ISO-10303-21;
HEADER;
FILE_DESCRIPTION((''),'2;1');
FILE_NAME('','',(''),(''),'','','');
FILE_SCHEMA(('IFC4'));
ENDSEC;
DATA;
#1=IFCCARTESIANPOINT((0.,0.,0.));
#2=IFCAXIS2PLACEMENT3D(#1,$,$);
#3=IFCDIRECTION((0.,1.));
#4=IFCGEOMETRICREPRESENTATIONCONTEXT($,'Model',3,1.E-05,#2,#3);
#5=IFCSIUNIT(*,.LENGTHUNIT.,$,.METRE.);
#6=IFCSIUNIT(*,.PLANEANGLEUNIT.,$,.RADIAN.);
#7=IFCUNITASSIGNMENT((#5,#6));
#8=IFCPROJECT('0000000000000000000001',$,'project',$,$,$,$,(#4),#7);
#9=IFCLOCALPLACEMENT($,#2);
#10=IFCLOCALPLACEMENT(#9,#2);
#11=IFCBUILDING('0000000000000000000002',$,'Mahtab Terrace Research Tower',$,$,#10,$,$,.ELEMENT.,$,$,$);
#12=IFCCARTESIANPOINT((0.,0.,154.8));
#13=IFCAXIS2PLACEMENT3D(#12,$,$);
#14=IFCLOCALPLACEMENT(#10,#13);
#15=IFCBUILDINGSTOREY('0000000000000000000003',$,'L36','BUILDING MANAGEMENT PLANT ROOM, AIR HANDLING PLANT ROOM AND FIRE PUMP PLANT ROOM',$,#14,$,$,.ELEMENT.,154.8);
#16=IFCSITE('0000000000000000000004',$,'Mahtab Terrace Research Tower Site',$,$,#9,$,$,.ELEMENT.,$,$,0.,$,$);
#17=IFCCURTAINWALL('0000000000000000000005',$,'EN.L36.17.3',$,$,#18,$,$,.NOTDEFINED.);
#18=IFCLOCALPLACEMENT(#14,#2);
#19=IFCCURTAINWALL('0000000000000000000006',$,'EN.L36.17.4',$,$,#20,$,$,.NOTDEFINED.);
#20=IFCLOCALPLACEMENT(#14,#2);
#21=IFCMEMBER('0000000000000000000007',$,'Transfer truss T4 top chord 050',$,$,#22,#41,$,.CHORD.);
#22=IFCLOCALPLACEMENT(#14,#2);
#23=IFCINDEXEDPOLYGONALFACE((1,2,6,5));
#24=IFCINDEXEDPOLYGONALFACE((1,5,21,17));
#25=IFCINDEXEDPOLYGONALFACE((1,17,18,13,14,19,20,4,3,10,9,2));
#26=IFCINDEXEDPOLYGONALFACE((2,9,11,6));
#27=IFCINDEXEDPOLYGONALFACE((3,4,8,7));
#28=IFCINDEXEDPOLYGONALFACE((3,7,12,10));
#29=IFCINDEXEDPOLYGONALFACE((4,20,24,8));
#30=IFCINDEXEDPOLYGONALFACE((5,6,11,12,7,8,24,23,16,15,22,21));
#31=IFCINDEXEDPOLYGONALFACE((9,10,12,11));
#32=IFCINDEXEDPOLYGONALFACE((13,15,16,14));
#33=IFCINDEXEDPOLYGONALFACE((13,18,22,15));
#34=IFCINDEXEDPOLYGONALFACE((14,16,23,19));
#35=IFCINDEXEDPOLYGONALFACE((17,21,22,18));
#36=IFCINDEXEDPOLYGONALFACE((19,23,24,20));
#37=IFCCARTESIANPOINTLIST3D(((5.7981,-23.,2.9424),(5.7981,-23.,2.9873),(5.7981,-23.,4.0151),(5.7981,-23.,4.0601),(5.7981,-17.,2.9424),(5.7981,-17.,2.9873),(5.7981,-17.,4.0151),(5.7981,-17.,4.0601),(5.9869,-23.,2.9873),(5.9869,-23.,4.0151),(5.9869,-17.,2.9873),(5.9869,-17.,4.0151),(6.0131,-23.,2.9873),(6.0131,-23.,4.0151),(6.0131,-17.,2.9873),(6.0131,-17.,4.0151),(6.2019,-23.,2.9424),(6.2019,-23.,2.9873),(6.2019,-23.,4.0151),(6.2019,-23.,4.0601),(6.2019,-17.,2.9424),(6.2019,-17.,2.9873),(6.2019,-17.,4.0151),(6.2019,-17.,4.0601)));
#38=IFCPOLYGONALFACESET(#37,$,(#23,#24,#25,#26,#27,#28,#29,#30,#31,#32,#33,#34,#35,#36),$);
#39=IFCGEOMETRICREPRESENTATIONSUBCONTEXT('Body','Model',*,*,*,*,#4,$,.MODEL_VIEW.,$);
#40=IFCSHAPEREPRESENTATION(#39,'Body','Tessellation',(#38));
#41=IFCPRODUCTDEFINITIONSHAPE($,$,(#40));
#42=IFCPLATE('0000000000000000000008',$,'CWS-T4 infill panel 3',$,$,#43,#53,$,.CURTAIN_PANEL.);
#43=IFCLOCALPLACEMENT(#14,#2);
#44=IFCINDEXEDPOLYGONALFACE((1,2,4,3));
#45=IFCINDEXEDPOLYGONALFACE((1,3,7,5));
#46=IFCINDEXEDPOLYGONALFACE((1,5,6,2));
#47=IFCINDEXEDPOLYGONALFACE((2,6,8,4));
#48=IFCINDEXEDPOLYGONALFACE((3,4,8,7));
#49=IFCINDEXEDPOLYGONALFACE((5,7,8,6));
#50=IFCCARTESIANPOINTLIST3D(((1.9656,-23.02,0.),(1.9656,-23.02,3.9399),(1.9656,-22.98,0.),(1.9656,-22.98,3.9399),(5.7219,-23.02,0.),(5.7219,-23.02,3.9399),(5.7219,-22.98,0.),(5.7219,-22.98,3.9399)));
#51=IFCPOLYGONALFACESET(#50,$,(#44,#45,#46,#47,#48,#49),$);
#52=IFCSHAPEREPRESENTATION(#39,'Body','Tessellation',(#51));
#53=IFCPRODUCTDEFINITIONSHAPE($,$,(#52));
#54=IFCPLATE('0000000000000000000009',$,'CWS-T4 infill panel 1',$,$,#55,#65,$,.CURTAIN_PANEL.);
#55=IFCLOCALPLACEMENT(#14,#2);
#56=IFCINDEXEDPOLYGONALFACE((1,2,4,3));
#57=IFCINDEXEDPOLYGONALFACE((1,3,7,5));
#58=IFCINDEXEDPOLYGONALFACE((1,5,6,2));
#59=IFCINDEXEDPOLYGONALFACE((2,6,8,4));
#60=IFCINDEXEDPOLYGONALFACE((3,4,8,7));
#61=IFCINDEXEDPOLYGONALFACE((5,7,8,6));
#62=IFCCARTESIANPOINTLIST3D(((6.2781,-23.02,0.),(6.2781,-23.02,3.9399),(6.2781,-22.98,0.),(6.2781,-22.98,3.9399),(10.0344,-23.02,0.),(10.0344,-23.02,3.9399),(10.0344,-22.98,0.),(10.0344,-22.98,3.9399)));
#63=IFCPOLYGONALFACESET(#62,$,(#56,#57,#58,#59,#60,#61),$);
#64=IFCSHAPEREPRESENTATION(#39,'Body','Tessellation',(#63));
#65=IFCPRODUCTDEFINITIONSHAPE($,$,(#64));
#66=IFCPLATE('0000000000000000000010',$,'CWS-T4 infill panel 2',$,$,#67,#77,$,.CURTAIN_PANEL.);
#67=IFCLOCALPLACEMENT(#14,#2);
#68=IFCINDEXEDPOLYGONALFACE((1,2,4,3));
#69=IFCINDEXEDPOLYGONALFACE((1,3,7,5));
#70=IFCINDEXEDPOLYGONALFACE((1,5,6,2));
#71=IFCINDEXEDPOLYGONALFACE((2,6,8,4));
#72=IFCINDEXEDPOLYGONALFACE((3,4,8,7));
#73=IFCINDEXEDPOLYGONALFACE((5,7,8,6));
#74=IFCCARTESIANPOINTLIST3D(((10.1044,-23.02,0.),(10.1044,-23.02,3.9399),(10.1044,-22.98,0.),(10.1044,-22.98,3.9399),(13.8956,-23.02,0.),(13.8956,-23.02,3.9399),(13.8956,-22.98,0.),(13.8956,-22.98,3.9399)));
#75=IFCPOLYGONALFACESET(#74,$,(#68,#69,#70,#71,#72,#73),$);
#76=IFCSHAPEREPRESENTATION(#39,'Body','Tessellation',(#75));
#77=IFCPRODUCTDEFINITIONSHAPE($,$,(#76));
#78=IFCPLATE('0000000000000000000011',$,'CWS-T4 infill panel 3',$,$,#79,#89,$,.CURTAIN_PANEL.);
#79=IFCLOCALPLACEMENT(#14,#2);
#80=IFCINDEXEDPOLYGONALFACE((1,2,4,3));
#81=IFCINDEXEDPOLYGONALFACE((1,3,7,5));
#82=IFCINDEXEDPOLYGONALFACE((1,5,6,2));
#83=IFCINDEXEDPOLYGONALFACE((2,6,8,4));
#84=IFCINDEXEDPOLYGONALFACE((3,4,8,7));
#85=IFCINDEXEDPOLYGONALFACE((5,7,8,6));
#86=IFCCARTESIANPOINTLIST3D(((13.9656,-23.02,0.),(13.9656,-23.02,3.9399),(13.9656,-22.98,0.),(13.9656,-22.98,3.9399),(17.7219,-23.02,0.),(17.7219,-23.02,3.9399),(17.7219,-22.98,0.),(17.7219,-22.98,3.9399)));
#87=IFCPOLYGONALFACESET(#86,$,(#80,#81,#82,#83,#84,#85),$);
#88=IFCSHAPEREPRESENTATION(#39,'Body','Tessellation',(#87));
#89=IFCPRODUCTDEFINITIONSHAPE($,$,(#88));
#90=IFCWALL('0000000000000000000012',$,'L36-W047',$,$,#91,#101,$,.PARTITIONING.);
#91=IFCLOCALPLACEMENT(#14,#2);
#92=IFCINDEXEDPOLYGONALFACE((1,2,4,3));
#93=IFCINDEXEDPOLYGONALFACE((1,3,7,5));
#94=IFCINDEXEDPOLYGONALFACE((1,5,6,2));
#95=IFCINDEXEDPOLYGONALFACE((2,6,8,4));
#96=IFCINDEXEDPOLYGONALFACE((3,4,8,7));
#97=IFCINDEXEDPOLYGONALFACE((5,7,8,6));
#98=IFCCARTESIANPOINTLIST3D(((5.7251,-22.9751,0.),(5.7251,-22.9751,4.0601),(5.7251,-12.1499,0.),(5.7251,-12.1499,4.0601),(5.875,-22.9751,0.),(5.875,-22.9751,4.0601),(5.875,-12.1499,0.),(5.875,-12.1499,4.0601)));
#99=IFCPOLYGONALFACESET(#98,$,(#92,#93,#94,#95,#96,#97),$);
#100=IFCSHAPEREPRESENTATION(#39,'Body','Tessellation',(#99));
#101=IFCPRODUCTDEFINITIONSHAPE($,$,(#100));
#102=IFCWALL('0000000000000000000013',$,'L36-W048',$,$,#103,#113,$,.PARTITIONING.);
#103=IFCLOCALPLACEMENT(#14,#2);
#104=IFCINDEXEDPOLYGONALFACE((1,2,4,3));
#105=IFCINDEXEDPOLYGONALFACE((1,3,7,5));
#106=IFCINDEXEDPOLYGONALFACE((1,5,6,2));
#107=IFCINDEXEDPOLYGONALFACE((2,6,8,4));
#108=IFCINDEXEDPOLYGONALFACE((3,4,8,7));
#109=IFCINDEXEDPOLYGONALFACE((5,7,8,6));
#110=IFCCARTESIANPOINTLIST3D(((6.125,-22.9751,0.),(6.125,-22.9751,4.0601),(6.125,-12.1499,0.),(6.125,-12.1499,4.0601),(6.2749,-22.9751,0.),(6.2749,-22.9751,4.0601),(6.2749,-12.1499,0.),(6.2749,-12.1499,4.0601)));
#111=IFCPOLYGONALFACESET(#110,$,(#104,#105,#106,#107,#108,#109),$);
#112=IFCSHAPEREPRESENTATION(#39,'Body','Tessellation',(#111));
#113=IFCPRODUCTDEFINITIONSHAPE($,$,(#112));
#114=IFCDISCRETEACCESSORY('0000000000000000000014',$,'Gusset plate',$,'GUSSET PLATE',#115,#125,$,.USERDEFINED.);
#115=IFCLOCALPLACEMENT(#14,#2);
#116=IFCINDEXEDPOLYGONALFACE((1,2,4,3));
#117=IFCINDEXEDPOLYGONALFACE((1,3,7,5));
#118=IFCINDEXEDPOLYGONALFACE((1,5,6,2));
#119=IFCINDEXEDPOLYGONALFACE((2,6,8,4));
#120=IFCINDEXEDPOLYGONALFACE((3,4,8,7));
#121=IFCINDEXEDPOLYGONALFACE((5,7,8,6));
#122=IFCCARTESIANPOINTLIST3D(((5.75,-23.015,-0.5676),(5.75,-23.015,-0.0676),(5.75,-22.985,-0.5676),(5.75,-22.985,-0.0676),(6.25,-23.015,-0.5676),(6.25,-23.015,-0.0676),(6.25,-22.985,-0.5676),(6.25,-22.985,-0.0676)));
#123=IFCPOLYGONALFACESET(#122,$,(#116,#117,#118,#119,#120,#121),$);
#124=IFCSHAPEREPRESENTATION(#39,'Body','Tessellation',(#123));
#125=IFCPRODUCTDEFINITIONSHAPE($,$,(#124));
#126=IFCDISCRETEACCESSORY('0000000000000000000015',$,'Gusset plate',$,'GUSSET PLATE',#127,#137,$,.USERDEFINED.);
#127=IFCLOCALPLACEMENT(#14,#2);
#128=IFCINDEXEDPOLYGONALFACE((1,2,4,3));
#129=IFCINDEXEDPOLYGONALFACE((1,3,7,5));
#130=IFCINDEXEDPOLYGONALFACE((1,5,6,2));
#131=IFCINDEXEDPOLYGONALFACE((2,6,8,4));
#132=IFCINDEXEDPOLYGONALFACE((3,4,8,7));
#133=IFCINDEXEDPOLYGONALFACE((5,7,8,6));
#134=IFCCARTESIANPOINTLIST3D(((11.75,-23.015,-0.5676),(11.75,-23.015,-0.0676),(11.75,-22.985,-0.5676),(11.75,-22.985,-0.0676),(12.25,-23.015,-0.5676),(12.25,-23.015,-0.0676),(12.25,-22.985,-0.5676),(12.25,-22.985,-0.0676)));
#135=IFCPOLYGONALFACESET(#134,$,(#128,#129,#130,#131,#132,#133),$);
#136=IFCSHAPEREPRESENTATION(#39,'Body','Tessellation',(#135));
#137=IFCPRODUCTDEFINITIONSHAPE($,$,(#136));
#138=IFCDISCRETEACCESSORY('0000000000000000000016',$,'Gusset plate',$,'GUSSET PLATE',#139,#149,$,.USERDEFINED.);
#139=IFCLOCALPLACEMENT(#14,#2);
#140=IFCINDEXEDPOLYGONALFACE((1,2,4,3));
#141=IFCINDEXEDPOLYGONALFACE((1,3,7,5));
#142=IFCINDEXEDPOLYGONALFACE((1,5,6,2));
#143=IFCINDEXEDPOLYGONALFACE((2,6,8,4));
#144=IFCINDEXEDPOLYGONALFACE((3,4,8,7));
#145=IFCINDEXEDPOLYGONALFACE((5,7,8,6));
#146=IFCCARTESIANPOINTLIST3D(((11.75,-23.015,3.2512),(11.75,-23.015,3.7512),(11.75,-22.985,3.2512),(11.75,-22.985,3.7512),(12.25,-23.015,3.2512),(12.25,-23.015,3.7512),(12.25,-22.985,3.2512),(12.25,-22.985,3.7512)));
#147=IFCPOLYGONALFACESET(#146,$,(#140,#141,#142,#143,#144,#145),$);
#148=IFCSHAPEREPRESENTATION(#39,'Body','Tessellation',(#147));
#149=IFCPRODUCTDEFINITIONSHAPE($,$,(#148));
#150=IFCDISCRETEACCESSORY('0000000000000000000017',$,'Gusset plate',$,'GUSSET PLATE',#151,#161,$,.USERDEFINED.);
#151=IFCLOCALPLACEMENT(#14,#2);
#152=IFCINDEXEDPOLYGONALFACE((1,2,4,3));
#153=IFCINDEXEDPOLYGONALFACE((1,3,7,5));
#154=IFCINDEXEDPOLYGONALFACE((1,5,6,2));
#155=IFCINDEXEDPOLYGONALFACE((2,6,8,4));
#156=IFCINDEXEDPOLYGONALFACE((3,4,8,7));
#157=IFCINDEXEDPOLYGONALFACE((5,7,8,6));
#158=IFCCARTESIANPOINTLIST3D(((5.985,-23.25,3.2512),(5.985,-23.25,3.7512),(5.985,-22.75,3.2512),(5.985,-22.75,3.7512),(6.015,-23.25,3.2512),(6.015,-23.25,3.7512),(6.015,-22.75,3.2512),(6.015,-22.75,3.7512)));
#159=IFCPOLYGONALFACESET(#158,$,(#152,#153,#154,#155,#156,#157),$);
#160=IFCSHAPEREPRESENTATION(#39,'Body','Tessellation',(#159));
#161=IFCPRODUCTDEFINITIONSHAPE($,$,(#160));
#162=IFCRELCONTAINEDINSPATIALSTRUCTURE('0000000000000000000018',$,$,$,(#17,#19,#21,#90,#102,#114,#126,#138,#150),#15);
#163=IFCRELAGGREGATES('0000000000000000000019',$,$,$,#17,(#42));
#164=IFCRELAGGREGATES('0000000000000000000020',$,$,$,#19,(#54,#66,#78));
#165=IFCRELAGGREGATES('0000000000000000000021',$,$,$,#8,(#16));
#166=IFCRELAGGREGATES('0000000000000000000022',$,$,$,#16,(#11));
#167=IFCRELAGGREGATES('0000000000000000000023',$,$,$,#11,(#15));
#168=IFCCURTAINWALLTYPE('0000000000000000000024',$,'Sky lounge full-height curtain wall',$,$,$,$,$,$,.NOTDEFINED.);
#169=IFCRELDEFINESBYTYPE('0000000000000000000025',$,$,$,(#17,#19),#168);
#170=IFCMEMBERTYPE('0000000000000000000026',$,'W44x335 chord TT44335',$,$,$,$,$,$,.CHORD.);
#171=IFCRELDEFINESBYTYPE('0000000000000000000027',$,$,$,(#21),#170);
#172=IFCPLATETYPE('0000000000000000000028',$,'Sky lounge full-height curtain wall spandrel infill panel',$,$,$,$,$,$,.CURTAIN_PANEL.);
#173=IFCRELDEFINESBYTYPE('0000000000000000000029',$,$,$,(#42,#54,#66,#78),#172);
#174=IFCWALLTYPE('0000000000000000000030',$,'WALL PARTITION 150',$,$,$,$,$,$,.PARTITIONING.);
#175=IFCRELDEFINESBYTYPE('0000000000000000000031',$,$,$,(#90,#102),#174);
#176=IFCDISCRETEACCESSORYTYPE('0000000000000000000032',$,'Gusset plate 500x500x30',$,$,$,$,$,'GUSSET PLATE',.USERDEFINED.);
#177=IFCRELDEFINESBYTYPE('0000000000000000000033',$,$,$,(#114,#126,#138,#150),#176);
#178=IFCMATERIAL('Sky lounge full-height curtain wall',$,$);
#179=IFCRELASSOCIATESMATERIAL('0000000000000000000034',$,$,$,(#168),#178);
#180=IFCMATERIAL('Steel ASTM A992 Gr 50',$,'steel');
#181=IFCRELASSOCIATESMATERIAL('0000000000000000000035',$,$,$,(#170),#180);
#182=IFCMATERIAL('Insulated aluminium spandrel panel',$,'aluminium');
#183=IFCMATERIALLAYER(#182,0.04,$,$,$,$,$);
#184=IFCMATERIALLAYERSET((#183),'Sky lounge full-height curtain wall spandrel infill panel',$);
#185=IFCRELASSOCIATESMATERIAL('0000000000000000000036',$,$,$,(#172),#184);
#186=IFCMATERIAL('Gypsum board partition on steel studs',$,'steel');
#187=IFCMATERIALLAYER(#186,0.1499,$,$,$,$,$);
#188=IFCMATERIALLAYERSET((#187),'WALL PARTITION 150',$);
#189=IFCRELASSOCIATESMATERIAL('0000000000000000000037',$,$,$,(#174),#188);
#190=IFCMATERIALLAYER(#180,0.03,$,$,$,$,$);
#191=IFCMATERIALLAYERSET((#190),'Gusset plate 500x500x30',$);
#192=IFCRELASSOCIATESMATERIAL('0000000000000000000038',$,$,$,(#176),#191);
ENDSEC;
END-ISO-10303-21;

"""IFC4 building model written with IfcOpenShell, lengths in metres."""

from ifc_helpers import new_model, si_unit, direction, frame, frame_2d, origin, origin_2d, place, context, subcontext, project, spatial, rectangle, i_section, extrude, material, layer, layer_set, material_profile, profile_set, type_object, element, aggregate, save


model = new_model("IFC4")

# Units and contexts
model_context = context("Model", 3, precision=1e-05, world=origin(), true_north=direction((0.0, 1.0)))
body_context = subcontext(model_context, "Body", "Model", "MODEL_VIEW")
ifc_project = project(units=[si_unit("LENGTHUNIT", "METRE"), si_unit("PLANEANGLEUNIT", "RADIAN")], contexts=[model_context])

# Site, building, storey
site_placement = place(None, origin())
site = spatial("IfcSite", under=ifc_project, at=site_placement, Name="Mahtab Terrace Research Tower Site", CompositionType="ELEMENT", RefElevation=0.0)
building_placement = place(site_placement, origin())
building = spatial("IfcBuilding", under=site, at=building_placement, Name="Mahtab Terrace Research Tower", CompositionType="ELEMENT")
storey_placement = place(building_placement, frame((0.0, 0.0, 154.8)))
storey = spatial("IfcBuildingStorey", under=building, at=storey_placement, Name="L36", Description="BUILDING MANAGEMENT PLANT ROOM, AIR HANDLING PLANT ROOM AND FIRE PUMP PLANT ROOM", CompositionType="ELEMENT", Elevation=154.8)

# Shared definitions
ifc_material_1 = material(Name="Steel ASTM A992 Gr 50", Category="steel")

# Curtain walls
ifc_material_2 = material(Name="Sky lounge full-height curtain wall")
curtain_wall_type = type_object("IfcCurtainWallType", Name="Sky lounge full-height curtain wall", PredefinedType="NOTDEFINED", material=ifc_material_2)
curtain_wall_1_placement = place(storey_placement, origin())
curtain_wall_1 = element("IfcCurtainWall", 1, at=curtain_wall_1_placement, inside=storey, type_object=curtain_wall_type, Name="EN.L36.17.3", PredefinedType="NOTDEFINED")
curtain_wall_2_placement = place(storey_placement, origin())
curtain_wall_2 = element("IfcCurtainWall", 2, at=curtain_wall_2_placement, inside=storey, type_object=curtain_wall_type, Name="EN.L36.17.4", PredefinedType="NOTDEFINED")

# Member
ifc_material_profile_1 = material_profile(ifc_material_1, i_section(OverallWidth=0.4038, OverallDepth=1.1177, WebThickness=0.0261, FlangeThickness=0.0449, at=origin_2d()), Name="W44X335")
ifc_profile_set_1 = profile_set([ifc_material_profile_1], Name="Steel ASTM A992 Gr 50")
member_type_1 = type_object("IfcMemberType", Name="W44x335 chord TT44335", PredefinedType="CHORD", material=ifc_profile_set_1)
member_1_placement = place(storey_placement, frame((6.0, -23.0, 3.5012), z_axis=(0.0, 1.0, 0.0), x_axis=(-1.0, 0.0, 0.0)))
element("IfcMember", 3, at=member_1_placement, inside=storey, type_object=member_type_1, Name="Transfer truss T4 top chord 050", PredefinedType="CHORD", context=body_context, shape_type="SweptSolid", body=[
    extrude(i_section(OverallWidth=0.4038, OverallDepth=1.1177, WebThickness=0.0261, FlangeThickness=0.0449, at=origin_2d()), origin(), (0.0, 0.0, 1.0), 6.0),
])

# Plates
ifc_material_3 = material(Name="Insulated aluminium spandrel panel", Category="aluminium")
ifc_layer_1 = layer(ifc_material_3, 0.04)
ifc_layer_set_1 = layer_set([ifc_layer_1], Name="Sky lounge full-height curtain wall spandrel infill panel")
plate_type = type_object("IfcPlateType", Name="Sky lounge full-height curtain wall spandrel infill panel", PredefinedType="CURTAIN_PANEL", material=ifc_layer_set_1)
plate_1_placement = place(storey_placement, frame((3.8438, -23.0, 0.0), z_axis=(0.0, 0.0, 1.0), x_axis=(1.0, 0.0, 0.0)))
plate_1 = element("IfcPlate", 4, at=plate_1_placement, type_object=plate_type, Name="CWS-T4 infill panel 3", PredefinedType="CURTAIN_PANEL", context=body_context, shape_type="SweptSolid", body=[
    extrude(rectangle(XDim=3.7563, YDim=0.04, at=origin_2d()), origin(), (0.0, 0.0, 1.0), 3.9399),
])
aggregate(curtain_wall_1, [plate_1])
plate_2_placement = place(storey_placement, frame((8.1562, -23.0, 0.0), z_axis=(0.0, 0.0, 1.0), x_axis=(1.0, 0.0, 0.0)))
plate_2 = element("IfcPlate", 5, at=plate_2_placement, type_object=plate_type, Name="CWS-T4 infill panel 1", PredefinedType="CURTAIN_PANEL", context=body_context, shape_type="SweptSolid", body=[
    extrude(rectangle(XDim=3.7563, YDim=0.04, at=origin_2d()), origin(), (0.0, 0.0, 1.0), 3.9399),
])
plate_3_placement = place(storey_placement, frame((12.0, -23.0, 0.0), z_axis=(0.0, 0.0, 1.0), x_axis=(1.0, 0.0, 0.0)))
plate_3 = element("IfcPlate", 6, at=plate_3_placement, type_object=plate_type, Name="CWS-T4 infill panel 2", PredefinedType="CURTAIN_PANEL", context=body_context, shape_type="SweptSolid", body=[
    extrude(rectangle(XDim=3.7913, YDim=0.04, at=origin_2d()), origin(), (0.0, 0.0, 1.0), 3.9399),
])
plate_4_placement = place(storey_placement, frame((15.8438, -23.0, 0.0), z_axis=(0.0, 0.0, 1.0), x_axis=(1.0, 0.0, 0.0)))
plate_4 = element("IfcPlate", 7, at=plate_4_placement, type_object=plate_type, Name="CWS-T4 infill panel 3", PredefinedType="CURTAIN_PANEL", context=body_context, shape_type="SweptSolid", body=[
    extrude(rectangle(XDim=3.7563, YDim=0.04, at=origin_2d()), origin(), (0.0, 0.0, 1.0), 3.9399),
])
aggregate(curtain_wall_2, [plate_2, plate_3, plate_4])

# Walls
ifc_material_4 = material(Name="Gypsum board partition on steel studs", Category="steel")
ifc_layer_2 = layer(ifc_material_4, 0.1499)
ifc_layer_set_2 = layer_set([ifc_layer_2], Name="WALL PARTITION 150")
wall_type = type_object("IfcWallType", Name="WALL PARTITION 150", PredefinedType="PARTITIONING", material=ifc_layer_set_2)
for number, where, z_axis, x_axis, name in (
    (8, (5.8, -22.9751, 0.0), (0.0, 0.0, 1.0), (0.0, 1.0, 0.0), "L36-W047"),
    (9, (6.2, -22.9751, 0.0), (0.0, 0.0, 1.0), (0.0, 1.0, 0.0), "L36-W048"),
):
    element("IfcWall", number, at=place(storey_placement, frame(where, z_axis=z_axis, x_axis=x_axis)), inside=storey, type_object=wall_type, Name=name, PredefinedType="PARTITIONING", context=body_context, shape_type="SweptSolid", body=[
        extrude(rectangle(XDim=10.8252, YDim=0.1499, at=frame_2d((5.4126, 0.0))), origin(), (0.0, 0.0, 1.0), 4.0601),
    ])

# Discrete accessories
ifc_layer_3 = layer(ifc_material_1, 0.03)
ifc_layer_set_3 = layer_set([ifc_layer_3], Name="Gusset plate 500x500x30")
discrete_accessory_type = type_object("IfcDiscreteAccessoryType", Name="Gusset plate 500x500x30", ElementType="GUSSET PLATE", PredefinedType="USERDEFINED", material=ifc_layer_set_3)
for number, where, z_axis, x_axis, name in (
    (10, (6.0, -23.0, -0.5676), (0.0, 0.0, 1.0), (1.0, 0.0, 0.0), "Gusset plate"),
    (11, (12.0, -23.0, -0.5676), (0.0, 0.0, 1.0), (1.0, 0.0, 0.0), "Gusset plate"),
    (12, (12.0, -23.0, 3.2512), (0.0, 0.0, 1.0), (1.0, 0.0, 0.0), "Gusset plate"),
    (13, (6.0, -23.0, 3.2512), (0.0, 0.0, 1.0), (0.0, 1.0, 0.0), "Gusset plate"),
):
    element("IfcDiscreteAccessory", number, at=place(storey_placement, frame(where, z_axis=z_axis, x_axis=x_axis)), inside=storey, type_object=discrete_accessory_type, Name=name, ObjectType="GUSSET PLATE", PredefinedType="USERDEFINED", context=body_context, shape_type="SweptSolid", body=[
        extrude(rectangle(XDim=0.5, YDim=0.03, at=origin_2d()), origin(), (0.0, 0.0, 1.0), 0.5),
    ])

save(model, "model.ifc")
